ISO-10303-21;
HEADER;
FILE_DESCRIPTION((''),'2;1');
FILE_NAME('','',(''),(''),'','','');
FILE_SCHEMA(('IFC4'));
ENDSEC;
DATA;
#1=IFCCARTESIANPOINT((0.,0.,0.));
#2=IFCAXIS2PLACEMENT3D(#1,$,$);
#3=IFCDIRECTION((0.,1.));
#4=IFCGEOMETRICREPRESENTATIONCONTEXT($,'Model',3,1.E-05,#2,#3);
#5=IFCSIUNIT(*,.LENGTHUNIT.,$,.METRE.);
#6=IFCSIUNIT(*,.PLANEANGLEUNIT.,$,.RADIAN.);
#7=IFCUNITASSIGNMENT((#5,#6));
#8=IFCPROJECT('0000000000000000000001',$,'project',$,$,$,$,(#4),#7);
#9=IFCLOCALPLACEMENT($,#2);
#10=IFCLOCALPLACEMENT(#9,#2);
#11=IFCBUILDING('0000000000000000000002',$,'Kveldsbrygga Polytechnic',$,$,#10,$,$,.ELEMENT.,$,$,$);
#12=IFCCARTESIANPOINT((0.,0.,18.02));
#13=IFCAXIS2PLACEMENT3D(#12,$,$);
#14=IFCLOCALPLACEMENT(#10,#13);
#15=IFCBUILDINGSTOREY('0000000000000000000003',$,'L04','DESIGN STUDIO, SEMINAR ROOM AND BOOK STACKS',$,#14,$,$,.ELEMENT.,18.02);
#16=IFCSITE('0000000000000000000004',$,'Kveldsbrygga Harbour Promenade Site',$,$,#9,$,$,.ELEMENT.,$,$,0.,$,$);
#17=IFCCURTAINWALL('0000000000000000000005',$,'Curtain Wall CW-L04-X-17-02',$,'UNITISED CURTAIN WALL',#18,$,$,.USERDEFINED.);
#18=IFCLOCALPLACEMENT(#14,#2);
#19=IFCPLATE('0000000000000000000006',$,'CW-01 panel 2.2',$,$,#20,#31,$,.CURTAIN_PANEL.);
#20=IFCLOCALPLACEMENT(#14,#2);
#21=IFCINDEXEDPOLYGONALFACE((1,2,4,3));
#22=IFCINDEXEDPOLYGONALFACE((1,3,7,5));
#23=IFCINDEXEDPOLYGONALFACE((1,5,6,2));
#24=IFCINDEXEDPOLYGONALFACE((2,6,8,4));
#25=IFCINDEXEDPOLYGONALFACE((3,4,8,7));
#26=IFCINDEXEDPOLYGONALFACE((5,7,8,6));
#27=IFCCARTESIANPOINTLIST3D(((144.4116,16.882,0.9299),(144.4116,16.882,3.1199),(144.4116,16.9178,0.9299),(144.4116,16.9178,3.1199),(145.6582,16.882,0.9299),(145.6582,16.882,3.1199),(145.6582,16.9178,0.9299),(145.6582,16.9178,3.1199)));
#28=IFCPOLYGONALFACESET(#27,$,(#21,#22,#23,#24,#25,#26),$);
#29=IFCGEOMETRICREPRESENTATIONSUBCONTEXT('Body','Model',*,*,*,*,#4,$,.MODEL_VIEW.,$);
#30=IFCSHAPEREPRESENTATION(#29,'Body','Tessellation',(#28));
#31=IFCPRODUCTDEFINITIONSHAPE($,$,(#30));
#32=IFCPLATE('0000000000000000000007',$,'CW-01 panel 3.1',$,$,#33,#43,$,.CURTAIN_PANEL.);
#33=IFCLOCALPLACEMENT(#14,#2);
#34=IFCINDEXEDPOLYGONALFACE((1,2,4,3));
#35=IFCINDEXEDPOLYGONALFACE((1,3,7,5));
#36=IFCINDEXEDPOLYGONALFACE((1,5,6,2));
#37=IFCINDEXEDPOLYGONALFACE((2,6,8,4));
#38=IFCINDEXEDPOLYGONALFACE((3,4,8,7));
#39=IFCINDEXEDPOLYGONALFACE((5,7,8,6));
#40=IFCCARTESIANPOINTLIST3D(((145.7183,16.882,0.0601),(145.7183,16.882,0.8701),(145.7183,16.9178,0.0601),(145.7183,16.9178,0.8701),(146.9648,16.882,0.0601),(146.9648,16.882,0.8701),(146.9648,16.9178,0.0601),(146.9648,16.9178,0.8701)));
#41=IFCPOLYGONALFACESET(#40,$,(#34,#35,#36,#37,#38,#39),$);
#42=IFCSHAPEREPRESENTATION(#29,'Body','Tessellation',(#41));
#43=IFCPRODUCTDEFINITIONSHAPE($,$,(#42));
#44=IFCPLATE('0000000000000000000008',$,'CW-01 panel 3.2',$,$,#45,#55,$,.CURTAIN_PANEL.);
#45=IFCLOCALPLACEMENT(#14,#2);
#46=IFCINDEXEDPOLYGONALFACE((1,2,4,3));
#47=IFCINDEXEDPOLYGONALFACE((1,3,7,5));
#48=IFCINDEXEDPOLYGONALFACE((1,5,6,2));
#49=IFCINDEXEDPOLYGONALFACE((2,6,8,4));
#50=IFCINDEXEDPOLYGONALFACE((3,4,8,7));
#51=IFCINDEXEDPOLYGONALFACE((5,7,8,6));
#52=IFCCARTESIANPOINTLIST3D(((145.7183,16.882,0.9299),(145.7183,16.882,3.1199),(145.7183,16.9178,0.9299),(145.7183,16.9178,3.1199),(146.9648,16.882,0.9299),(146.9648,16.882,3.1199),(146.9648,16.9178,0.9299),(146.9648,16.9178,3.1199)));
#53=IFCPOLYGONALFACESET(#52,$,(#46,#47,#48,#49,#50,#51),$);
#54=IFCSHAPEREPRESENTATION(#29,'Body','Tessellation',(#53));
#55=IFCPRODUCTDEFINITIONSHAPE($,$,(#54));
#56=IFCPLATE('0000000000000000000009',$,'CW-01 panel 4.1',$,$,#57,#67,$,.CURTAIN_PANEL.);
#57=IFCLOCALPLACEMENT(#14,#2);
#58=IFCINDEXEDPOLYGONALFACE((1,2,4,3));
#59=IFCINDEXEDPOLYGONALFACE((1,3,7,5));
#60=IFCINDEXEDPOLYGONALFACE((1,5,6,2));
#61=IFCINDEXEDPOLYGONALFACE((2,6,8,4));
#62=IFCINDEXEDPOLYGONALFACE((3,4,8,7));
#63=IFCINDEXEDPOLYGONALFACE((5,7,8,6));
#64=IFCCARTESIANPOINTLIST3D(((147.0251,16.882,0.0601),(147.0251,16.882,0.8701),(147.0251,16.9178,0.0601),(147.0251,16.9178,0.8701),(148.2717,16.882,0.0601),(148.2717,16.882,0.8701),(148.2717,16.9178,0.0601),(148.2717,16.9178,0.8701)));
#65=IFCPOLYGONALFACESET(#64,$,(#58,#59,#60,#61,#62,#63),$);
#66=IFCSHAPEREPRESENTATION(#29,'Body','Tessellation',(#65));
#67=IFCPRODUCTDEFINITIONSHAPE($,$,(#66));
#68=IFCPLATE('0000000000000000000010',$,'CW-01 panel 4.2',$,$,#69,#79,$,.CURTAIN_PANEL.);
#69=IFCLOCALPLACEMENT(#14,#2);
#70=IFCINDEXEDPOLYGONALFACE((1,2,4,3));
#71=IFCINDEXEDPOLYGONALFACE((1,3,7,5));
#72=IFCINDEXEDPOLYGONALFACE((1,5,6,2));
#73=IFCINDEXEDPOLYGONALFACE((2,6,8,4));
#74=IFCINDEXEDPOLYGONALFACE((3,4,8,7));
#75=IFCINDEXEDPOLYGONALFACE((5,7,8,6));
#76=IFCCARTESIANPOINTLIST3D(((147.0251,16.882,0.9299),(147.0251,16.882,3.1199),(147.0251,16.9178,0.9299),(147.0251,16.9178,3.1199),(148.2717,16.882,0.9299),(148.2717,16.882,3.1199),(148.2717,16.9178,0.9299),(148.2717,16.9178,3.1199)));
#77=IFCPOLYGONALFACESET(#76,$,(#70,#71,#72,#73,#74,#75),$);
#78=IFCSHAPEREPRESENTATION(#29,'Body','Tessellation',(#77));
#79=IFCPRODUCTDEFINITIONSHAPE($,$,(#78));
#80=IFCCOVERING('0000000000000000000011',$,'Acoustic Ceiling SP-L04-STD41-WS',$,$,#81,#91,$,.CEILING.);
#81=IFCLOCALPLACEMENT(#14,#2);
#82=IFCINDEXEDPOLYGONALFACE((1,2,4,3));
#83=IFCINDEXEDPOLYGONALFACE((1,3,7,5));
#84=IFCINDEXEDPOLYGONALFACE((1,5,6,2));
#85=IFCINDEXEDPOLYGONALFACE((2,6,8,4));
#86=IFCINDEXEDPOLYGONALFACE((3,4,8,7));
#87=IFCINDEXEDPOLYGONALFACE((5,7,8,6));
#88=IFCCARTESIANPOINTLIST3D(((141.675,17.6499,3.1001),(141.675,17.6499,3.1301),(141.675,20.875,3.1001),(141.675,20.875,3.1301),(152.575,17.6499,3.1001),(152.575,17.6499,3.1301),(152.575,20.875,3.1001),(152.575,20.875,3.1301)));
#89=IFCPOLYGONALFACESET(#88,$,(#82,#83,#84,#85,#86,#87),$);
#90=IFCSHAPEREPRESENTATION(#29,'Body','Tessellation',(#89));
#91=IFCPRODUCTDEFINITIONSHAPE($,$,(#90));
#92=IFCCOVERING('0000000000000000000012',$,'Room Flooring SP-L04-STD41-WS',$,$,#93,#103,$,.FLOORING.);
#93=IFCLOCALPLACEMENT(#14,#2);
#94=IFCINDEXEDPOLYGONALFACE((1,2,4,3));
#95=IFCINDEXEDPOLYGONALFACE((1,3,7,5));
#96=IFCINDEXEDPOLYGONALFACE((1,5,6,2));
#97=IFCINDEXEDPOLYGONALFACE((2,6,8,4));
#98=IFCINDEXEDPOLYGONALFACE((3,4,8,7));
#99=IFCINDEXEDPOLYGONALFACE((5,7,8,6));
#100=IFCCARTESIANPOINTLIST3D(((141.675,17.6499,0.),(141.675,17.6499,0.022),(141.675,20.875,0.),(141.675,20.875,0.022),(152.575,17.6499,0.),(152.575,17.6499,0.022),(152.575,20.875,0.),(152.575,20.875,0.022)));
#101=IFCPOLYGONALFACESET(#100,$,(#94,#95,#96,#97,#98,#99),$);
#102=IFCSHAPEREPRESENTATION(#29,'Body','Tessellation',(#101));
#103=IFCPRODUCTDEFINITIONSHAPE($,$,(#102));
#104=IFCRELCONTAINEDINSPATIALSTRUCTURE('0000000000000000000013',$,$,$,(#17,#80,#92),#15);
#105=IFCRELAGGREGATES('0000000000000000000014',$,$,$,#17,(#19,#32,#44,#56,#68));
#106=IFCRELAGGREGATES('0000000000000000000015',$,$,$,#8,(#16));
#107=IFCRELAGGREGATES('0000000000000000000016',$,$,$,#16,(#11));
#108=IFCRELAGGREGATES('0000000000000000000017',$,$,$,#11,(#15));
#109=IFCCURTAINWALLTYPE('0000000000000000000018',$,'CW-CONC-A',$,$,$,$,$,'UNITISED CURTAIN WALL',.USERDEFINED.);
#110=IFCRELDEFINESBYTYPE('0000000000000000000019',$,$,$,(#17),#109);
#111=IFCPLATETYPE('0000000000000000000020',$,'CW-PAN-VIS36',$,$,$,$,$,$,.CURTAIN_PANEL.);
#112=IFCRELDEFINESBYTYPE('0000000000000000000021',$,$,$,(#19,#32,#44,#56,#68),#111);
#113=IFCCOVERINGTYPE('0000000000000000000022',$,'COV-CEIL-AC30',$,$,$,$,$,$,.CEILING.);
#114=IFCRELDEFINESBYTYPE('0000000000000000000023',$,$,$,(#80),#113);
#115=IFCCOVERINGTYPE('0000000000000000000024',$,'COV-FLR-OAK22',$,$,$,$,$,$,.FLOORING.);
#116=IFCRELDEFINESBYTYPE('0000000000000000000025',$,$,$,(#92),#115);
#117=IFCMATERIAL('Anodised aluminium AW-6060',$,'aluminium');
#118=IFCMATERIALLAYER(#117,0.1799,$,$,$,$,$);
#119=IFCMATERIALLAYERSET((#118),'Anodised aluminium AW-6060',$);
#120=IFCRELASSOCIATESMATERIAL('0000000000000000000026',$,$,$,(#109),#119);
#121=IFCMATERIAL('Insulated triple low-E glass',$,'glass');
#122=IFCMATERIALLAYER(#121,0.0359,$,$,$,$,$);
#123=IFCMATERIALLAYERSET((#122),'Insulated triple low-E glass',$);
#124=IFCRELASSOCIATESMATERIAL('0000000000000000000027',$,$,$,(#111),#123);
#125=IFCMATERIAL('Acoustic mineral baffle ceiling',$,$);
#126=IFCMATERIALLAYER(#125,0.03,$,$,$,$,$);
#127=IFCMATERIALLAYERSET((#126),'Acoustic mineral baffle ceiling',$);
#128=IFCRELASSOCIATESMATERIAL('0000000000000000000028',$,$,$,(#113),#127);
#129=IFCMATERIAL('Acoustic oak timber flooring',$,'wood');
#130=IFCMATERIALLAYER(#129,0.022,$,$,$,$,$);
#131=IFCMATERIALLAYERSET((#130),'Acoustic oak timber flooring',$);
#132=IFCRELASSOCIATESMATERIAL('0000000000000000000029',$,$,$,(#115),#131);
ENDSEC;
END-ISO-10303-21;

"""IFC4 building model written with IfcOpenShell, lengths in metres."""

from ifc_helpers import new_model, si_unit, direction, frame, origin, origin_2d, place, context, subcontext, project, spatial, rectangle, extrude, material, layer, layer_set, type_object, element, aggregate, save


model = new_model("IFC4")

# Units and contexts
model_context = context("Model", 3, precision=1e-05, world=origin(), true_north=direction((0.0, 1.0)))
body_context = subcontext(model_context, "Body", "Model", "MODEL_VIEW")
ifc_project = project(units=[si_unit("LENGTHUNIT", "METRE"), si_unit("PLANEANGLEUNIT", "RADIAN")], contexts=[model_context])

# Site, building, storey
site_placement = place(None, origin())
site = spatial("IfcSite", under=ifc_project, at=site_placement, Name="Kveldsbrygga Harbour Promenade Site", CompositionType="ELEMENT", RefElevation=0.0)
building_placement = place(site_placement, origin())
building = spatial("IfcBuilding", under=site, at=building_placement, Name="Kveldsbrygga Polytechnic", CompositionType="ELEMENT")
storey_placement = place(building_placement, frame((0.0, 0.0, 18.02)))
storey = spatial("IfcBuildingStorey", under=building, at=storey_placement, Name="L04", Description="DESIGN STUDIO, SEMINAR ROOM AND BOOK STACKS", CompositionType="ELEMENT", Elevation=18.02)

# Curtain wall, plates
ifc_material_1 = material(Name="Anodised aluminium AW-6060", Category="aluminium")
ifc_layer_1 = layer(ifc_material_1, 0.1799)
ifc_layer_set_1 = layer_set([ifc_layer_1], Name="Anodised aluminium AW-6060")
curtain_wall_type = type_object("IfcCurtainWallType", Name="CW-CONC-A", ElementType="UNITISED CURTAIN WALL", PredefinedType="USERDEFINED", material=ifc_layer_set_1)
curtain_wall_placement = place(storey_placement, origin())
curtain_wall = element("IfcCurtainWall", 1, at=curtain_wall_placement, inside=storey, type_object=curtain_wall_type, Name="Curtain Wall CW-L04-X-17-02", ObjectType="UNITISED CURTAIN WALL", PredefinedType="USERDEFINED")
ifc_material_2 = material(Name="Insulated triple low-E glass", Category="glass")
ifc_layer_2 = layer(ifc_material_2, 0.0359)
ifc_layer_set_2 = layer_set([ifc_layer_2], Name="Insulated triple low-E glass")
plate_type = type_object("IfcPlateType", Name="CW-PAN-VIS36", PredefinedType="CURTAIN_PANEL", material=ifc_layer_set_2)
plate_1_placement = place(storey_placement, frame((145.0349, 16.8999, 0.9299), z_axis=(0.0, 0.0, 1.0), x_axis=(1.0, 0.0, 0.0)))
plate_1 = element("IfcPlate", 2, at=plate_1_placement, type_object=plate_type, Name="CW-01 panel 2.2", PredefinedType="CURTAIN_PANEL", context=body_context, shape_type="SweptSolid", body=[
    extrude(rectangle(XDim=1.2466, YDim=0.0359, at=origin_2d()), origin(), (0.0, 0.0, 1.0), 2.1899),
])
plate_2_placement = place(storey_placement, frame((146.3416, 16.8999, 0.0601), z_axis=(0.0, 0.0, 1.0), x_axis=(1.0, 0.0, 0.0)))
plate_2 = element("IfcPlate", 3, at=plate_2_placement, type_object=plate_type, Name="CW-01 panel 3.1", PredefinedType="CURTAIN_PANEL", context=body_context, shape_type="SweptSolid", body=[
    extrude(rectangle(XDim=1.2466, YDim=0.0359, at=origin_2d()), origin(), (0.0, 0.0, 1.0), 0.8101),
])
plate_3_placement = place(storey_placement, frame((146.3416, 16.8999, 0.9299), z_axis=(0.0, 0.0, 1.0), x_axis=(1.0, 0.0, 0.0)))
plate_3 = element("IfcPlate", 4, at=plate_3_placement, type_object=plate_type, Name="CW-01 panel 3.2", PredefinedType="CURTAIN_PANEL", context=body_context, shape_type="SweptSolid", body=[
    extrude(rectangle(XDim=1.2466, YDim=0.0359, at=origin_2d()), origin(), (0.0, 0.0, 1.0), 2.1899),
])
plate_4_placement = place(storey_placement, frame((147.6484, 16.8999, 0.0601), z_axis=(0.0, 0.0, 1.0), x_axis=(1.0, 0.0, 0.0)))
plate_4 = element("IfcPlate", 5, at=plate_4_placement, type_object=plate_type, Name="CW-01 panel 4.1", PredefinedType="CURTAIN_PANEL", context=body_context, shape_type="SweptSolid", body=[
    extrude(rectangle(XDim=1.2466, YDim=0.0359, at=origin_2d()), origin(), (0.0, 0.0, 1.0), 0.8101),
])
plate_5_placement = place(storey_placement, frame((147.6484, 16.8999, 0.9299), z_axis=(0.0, 0.0, 1.0), x_axis=(1.0, 0.0, 0.0)))
plate_5 = element("IfcPlate", 6, at=plate_5_placement, type_object=plate_type, Name="CW-01 panel 4.2", PredefinedType="CURTAIN_PANEL", context=body_context, shape_type="SweptSolid", body=[
    extrude(rectangle(XDim=1.2466, YDim=0.0359, at=origin_2d()), origin(), (0.0, 0.0, 1.0), 2.1899),
])
aggregate(curtain_wall, [plate_1, plate_2, plate_3, plate_4, plate_5])

# Coverings
ifc_material_3 = material(Name="Acoustic mineral baffle ceiling")
ifc_layer_3 = layer(ifc_material_3, 0.03)
ifc_layer_set_3 = layer_set([ifc_layer_3], Name="Acoustic mineral baffle ceiling")
covering_type_1 = type_object("IfcCoveringType", Name="COV-CEIL-AC30", PredefinedType="CEILING", material=ifc_layer_set_3)
covering_1_placement = place(storey_placement, frame((147.125, 19.2625, 3.1001), z_axis=(0.0, 0.0, 1.0), x_axis=(1.0, 0.0, 0.0)))
element("IfcCovering", 7, at=covering_1_placement, inside=storey, type_object=covering_type_1, Name="Acoustic Ceiling SP-L04-STD41-WS", PredefinedType="CEILING", context=body_context, shape_type="SweptSolid", body=[
    extrude(rectangle(XDim=10.8999, YDim=3.2251, at=origin_2d()), origin(), (0.0, 0.0, 1.0), 0.03),
])
ifc_material_4 = material(Name="Acoustic oak timber flooring", Category="wood")
ifc_layer_4 = layer(ifc_material_4, 0.022)
ifc_layer_set_4 = layer_set([ifc_layer_4], Name="Acoustic oak timber flooring")
covering_type_2 = type_object("IfcCoveringType", Name="COV-FLR-OAK22", PredefinedType="FLOORING", material=ifc_layer_set_4)
covering_2_placement = place(storey_placement, frame((147.125, 19.2625, 0.0), z_axis=(0.0, 0.0, 1.0), x_axis=(1.0, 0.0, 0.0)))
element("IfcCovering", 8, at=covering_2_placement, inside=storey, type_object=covering_type_2, Name="Room Flooring SP-L04-STD41-WS", PredefinedType="FLOORING", context=body_context, shape_type="SweptSolid", body=[
    extrude(rectangle(XDim=10.8999, YDim=3.2251, at=origin_2d()), origin(), (0.0, 0.0, 1.0), 0.022),
])

save(model, "model.ifc")
